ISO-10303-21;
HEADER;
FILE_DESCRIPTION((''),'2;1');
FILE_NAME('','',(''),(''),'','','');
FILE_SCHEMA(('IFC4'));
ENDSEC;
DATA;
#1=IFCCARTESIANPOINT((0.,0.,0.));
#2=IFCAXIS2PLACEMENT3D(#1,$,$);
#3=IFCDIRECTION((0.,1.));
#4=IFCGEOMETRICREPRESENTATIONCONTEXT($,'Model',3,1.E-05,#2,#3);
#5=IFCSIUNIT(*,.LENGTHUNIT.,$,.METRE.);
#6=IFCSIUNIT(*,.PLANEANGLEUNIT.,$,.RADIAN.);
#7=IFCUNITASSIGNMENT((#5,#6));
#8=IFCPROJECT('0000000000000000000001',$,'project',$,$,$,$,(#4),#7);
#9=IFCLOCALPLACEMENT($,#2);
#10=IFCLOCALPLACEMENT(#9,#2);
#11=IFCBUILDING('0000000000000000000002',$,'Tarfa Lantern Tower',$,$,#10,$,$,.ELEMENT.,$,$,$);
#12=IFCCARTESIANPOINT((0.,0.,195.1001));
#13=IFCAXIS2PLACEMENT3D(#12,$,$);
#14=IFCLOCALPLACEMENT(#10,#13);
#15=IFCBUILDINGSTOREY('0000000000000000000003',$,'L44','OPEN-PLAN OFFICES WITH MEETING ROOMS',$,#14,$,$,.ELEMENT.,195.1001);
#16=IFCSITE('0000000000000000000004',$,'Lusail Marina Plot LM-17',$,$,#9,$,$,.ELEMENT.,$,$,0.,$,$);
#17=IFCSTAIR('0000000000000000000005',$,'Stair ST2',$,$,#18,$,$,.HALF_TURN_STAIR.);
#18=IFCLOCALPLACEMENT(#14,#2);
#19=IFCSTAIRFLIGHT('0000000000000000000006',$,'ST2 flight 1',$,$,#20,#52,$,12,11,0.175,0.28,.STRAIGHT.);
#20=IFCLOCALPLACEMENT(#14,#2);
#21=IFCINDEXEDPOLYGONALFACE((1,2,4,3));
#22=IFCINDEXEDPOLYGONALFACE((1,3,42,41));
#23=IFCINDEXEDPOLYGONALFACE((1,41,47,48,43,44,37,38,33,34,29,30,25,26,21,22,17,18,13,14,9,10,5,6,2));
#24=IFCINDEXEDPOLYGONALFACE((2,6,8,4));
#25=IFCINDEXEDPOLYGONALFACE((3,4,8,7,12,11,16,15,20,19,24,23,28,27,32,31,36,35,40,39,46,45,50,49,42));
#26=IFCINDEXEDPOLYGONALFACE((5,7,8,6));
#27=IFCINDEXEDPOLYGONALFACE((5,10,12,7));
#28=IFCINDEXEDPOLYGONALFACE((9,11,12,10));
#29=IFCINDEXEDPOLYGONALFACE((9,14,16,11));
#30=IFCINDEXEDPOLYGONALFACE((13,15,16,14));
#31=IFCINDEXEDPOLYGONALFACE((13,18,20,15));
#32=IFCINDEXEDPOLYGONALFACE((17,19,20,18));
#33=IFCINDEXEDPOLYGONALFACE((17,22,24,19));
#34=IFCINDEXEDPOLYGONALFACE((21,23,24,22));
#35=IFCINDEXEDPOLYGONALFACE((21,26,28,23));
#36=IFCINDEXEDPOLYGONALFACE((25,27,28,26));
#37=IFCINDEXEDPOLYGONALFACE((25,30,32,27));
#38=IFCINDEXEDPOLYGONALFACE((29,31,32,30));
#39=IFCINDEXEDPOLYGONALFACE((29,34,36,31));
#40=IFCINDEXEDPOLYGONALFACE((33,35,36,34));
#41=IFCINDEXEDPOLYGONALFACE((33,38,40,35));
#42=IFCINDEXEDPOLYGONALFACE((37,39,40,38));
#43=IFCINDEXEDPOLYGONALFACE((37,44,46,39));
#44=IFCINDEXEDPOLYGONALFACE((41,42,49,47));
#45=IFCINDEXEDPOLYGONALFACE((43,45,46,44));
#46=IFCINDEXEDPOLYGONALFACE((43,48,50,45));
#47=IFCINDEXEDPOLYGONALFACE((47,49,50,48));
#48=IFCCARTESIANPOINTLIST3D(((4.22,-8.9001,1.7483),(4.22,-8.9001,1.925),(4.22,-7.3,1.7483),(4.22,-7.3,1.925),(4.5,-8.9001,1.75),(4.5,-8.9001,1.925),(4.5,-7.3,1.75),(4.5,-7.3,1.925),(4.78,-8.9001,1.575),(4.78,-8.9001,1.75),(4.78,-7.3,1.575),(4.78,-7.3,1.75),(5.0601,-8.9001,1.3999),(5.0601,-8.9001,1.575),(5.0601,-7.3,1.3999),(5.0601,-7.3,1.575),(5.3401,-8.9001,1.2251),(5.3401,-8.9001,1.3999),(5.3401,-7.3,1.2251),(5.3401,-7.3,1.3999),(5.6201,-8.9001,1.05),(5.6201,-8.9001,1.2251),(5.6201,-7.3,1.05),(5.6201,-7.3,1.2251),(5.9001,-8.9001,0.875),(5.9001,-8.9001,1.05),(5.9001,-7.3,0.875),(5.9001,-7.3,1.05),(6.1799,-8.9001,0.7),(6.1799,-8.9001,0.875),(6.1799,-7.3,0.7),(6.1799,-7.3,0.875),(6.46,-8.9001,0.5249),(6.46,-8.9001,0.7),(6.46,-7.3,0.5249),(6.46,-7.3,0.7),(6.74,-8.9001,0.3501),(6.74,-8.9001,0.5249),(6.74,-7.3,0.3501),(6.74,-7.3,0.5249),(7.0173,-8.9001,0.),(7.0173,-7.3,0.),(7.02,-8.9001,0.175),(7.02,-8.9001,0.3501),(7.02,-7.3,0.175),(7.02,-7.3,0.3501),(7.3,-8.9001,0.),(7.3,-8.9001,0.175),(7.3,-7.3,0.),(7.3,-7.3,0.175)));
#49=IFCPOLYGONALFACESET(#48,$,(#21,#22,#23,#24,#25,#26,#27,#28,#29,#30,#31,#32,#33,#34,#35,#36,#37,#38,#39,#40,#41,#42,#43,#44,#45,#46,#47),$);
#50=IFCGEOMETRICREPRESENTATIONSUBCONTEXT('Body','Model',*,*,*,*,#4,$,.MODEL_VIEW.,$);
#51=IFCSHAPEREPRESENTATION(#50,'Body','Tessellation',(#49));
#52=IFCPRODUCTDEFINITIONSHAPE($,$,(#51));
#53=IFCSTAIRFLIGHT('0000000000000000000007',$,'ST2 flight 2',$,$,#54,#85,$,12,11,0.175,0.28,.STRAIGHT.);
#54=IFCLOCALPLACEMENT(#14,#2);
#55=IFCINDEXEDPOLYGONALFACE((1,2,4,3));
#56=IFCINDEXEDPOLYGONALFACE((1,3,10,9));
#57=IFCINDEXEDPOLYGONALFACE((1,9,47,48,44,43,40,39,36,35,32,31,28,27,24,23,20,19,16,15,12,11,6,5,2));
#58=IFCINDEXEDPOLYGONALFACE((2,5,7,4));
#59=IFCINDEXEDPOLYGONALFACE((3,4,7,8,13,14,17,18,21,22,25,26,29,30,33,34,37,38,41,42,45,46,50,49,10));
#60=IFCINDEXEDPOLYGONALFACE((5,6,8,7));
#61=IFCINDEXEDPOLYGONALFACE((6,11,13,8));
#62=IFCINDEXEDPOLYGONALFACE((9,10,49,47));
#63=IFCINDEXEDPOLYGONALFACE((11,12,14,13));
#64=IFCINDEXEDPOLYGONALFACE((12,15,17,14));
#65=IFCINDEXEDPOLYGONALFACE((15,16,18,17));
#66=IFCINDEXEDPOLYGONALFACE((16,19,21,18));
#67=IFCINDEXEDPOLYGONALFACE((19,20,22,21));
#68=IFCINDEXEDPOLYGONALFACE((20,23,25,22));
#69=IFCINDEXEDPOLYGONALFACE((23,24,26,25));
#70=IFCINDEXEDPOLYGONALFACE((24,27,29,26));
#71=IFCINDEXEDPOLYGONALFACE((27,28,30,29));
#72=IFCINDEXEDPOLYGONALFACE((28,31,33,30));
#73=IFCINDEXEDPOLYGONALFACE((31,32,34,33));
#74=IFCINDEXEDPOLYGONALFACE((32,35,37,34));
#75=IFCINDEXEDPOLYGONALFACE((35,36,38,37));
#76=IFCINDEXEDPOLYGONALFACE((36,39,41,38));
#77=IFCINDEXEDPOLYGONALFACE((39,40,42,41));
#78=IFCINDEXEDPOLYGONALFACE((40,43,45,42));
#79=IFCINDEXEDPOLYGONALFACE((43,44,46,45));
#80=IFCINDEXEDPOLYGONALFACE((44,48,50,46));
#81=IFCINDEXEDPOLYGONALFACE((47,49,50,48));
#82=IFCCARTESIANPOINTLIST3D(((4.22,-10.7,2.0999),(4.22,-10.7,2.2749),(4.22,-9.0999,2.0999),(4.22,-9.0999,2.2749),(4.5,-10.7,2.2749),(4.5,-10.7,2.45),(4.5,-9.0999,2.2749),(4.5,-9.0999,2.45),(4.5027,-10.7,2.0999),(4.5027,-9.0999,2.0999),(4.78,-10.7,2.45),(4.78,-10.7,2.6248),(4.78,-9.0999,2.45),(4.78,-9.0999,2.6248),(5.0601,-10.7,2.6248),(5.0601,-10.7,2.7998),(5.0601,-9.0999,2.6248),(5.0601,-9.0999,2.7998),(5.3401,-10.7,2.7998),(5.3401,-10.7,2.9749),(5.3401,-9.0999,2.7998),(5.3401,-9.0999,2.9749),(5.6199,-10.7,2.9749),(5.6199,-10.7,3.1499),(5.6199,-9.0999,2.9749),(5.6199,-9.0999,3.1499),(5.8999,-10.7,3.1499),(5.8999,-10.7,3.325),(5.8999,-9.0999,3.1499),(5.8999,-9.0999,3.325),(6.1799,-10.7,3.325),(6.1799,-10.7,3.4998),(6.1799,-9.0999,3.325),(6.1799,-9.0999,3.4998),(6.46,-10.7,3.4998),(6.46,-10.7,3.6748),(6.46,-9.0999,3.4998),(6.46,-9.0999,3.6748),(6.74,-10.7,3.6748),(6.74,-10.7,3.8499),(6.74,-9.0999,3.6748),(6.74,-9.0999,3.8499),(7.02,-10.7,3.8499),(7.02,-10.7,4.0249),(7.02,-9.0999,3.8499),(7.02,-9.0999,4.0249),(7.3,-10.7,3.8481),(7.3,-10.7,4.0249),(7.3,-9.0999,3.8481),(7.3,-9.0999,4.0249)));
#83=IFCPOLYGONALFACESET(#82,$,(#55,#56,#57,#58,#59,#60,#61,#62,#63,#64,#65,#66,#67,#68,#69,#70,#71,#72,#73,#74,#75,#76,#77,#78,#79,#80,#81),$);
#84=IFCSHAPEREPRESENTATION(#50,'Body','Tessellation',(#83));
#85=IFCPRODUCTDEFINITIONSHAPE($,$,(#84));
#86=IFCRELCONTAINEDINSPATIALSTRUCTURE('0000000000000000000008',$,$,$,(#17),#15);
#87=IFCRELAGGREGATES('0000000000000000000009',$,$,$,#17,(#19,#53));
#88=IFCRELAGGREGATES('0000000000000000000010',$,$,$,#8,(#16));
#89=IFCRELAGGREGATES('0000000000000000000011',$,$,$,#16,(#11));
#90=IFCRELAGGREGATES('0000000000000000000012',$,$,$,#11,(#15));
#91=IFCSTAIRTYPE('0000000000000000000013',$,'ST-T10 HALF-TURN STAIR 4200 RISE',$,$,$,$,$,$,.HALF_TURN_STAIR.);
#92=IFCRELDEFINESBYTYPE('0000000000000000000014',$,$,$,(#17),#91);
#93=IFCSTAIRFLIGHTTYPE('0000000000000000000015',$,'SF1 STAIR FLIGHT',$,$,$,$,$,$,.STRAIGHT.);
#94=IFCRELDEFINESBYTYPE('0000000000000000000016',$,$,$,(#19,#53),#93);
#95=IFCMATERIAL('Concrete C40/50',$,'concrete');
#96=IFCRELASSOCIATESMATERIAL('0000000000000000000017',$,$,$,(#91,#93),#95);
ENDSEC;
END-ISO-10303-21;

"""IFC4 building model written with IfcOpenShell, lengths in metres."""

from ifc_helpers import new_model, si_unit, direction, frame, origin, place, context, subcontext, project, spatial, polyline, outline, extrude, material, type_object, element, aggregate, save


model = new_model("IFC4")

# Units and contexts
model_context = context("Model", 3, precision=1e-05, world=origin(), true_north=direction((0.0, 1.0)))
body_context = subcontext(model_context, "Body", "Model", "MODEL_VIEW")
ifc_project = project(units=[si_unit("LENGTHUNIT", "METRE"), si_unit("PLANEANGLEUNIT", "RADIAN")], contexts=[model_context])

# Site, building, storey
site_placement = place(None, origin())
site = spatial("IfcSite", under=ifc_project, at=site_placement, Name="Lusail Marina Plot LM-17", CompositionType="ELEMENT", RefElevation=0.0)
building_placement = place(site_placement, origin())
building = spatial("IfcBuilding", under=site, at=building_placement, Name="Tarfa Lantern Tower", CompositionType="ELEMENT")
storey_placement = place(building_placement, frame((0.0, 0.0, 195.1001)))
storey = spatial("IfcBuildingStorey", under=building, at=storey_placement, Name="L44", Description="OPEN-PLAN OFFICES WITH MEETING ROOMS", CompositionType="ELEMENT", Elevation=195.1001)

# Stair, stair flights
ifc_material_1 = material(Name="Concrete C40/50", Category="concrete")
stair_type = type_object("IfcStairType", Name="ST-T10 HALF-TURN STAIR 4200 RISE", PredefinedType="HALF_TURN_STAIR", material=ifc_material_1)
stair_placement = place(storey_placement, origin())
stair = element("IfcStair", 1, at=stair_placement, inside=storey, type_object=stair_type, Name="Stair ST2", PredefinedType="HALF_TURN_STAIR")
stair_flight_type = type_object("IfcStairFlightType", Name="SF1 STAIR FLIGHT", PredefinedType="STRAIGHT", material=ifc_material_1)
stair_flight_1_placement = place(storey_placement, frame((7.3, -8.1001, 0.0), z_axis=(0.0, 0.0, 1.0), x_axis=(-1.0, 0.0, 0.0)))
stair_flight_1 = element("IfcStairFlight", 2, at=stair_flight_1_placement, type_object=stair_flight_type, Name="ST2 flight 1", NumberOfRisers=12, NumberOfTreads=11, PredefinedType="STRAIGHT", RiserHeight=0.175, TreadLength=0.28, context=body_context, shape_type="SweptSolid", body=[
    extrude(outline(polyline([(0.0, 0.0), (0.0, 0.175), (0.28, 0.175), (0.28, 0.3501), (0.5601, 0.3501), (0.5601, 0.5249), (0.8401, 0.5249), (0.8401, 0.7), (1.1201, 0.7), (1.1201, 0.875), (1.3999, 0.875), (1.3999, 1.05), (1.6799, 1.05), (1.6799, 1.2251), (1.96, 1.2251), (1.96, 1.3999), (2.24, 1.3999), (2.24, 1.575), (2.52, 1.575), (2.52, 1.75), (2.8, 1.75), (2.8, 1.925), (3.0801, 1.925), (3.0801, 2.1001), (3.0801, 1.7483), (0.2827, 0.0), (0.0, 0.0)])), frame((0.0, 0.8, 0.0), z_axis=(0.0, -1.0, 0.0), x_axis=(1.0, 0.0, 0.0)), (0.0, 0.0, 1.0), 1.6001),
])
stair_flight_2_placement = place(storey_placement, frame((4.22, -9.8999, 2.0999), z_axis=(0.0, 0.0, 1.0), x_axis=(1.0, 0.0, 0.0)))
stair_flight_2 = element("IfcStairFlight", 3, at=stair_flight_2_placement, type_object=stair_flight_type, Name="ST2 flight 2", NumberOfRisers=12, NumberOfTreads=11, PredefinedType="STRAIGHT", RiserHeight=0.175, TreadLength=0.28, context=body_context, shape_type="SweptSolid", body=[
    extrude(outline(polyline([(0.0, 0.0), (0.0, 0.175), (0.28, 0.175), (0.28, 0.3501), (0.5601, 0.3501), (0.5601, 0.5249), (0.8401, 0.5249), (0.8401, 0.7), (1.1201, 0.7), (1.1201, 0.875), (1.3999, 0.875), (1.3999, 1.05), (1.6799, 1.05), (1.6799, 1.2251), (1.96, 1.2251), (1.96, 1.3999), (2.24, 1.3999), (2.24, 1.575), (2.52, 1.575), (2.52, 1.75), (2.8, 1.75), (2.8, 1.925), (3.0801, 1.925), (3.0801, 2.1001), (3.0801, 1.7483), (0.2827, 0.0), (0.0, 0.0)])), frame((0.0, 0.8, 0.0), z_axis=(0.0, -1.0, 0.0), x_axis=(1.0, 0.0, 0.0)), (0.0, 0.0, 1.0), 1.6001),
])
aggregate(stair, [stair_flight_1, stair_flight_2])

save(model, "model.ifc")
